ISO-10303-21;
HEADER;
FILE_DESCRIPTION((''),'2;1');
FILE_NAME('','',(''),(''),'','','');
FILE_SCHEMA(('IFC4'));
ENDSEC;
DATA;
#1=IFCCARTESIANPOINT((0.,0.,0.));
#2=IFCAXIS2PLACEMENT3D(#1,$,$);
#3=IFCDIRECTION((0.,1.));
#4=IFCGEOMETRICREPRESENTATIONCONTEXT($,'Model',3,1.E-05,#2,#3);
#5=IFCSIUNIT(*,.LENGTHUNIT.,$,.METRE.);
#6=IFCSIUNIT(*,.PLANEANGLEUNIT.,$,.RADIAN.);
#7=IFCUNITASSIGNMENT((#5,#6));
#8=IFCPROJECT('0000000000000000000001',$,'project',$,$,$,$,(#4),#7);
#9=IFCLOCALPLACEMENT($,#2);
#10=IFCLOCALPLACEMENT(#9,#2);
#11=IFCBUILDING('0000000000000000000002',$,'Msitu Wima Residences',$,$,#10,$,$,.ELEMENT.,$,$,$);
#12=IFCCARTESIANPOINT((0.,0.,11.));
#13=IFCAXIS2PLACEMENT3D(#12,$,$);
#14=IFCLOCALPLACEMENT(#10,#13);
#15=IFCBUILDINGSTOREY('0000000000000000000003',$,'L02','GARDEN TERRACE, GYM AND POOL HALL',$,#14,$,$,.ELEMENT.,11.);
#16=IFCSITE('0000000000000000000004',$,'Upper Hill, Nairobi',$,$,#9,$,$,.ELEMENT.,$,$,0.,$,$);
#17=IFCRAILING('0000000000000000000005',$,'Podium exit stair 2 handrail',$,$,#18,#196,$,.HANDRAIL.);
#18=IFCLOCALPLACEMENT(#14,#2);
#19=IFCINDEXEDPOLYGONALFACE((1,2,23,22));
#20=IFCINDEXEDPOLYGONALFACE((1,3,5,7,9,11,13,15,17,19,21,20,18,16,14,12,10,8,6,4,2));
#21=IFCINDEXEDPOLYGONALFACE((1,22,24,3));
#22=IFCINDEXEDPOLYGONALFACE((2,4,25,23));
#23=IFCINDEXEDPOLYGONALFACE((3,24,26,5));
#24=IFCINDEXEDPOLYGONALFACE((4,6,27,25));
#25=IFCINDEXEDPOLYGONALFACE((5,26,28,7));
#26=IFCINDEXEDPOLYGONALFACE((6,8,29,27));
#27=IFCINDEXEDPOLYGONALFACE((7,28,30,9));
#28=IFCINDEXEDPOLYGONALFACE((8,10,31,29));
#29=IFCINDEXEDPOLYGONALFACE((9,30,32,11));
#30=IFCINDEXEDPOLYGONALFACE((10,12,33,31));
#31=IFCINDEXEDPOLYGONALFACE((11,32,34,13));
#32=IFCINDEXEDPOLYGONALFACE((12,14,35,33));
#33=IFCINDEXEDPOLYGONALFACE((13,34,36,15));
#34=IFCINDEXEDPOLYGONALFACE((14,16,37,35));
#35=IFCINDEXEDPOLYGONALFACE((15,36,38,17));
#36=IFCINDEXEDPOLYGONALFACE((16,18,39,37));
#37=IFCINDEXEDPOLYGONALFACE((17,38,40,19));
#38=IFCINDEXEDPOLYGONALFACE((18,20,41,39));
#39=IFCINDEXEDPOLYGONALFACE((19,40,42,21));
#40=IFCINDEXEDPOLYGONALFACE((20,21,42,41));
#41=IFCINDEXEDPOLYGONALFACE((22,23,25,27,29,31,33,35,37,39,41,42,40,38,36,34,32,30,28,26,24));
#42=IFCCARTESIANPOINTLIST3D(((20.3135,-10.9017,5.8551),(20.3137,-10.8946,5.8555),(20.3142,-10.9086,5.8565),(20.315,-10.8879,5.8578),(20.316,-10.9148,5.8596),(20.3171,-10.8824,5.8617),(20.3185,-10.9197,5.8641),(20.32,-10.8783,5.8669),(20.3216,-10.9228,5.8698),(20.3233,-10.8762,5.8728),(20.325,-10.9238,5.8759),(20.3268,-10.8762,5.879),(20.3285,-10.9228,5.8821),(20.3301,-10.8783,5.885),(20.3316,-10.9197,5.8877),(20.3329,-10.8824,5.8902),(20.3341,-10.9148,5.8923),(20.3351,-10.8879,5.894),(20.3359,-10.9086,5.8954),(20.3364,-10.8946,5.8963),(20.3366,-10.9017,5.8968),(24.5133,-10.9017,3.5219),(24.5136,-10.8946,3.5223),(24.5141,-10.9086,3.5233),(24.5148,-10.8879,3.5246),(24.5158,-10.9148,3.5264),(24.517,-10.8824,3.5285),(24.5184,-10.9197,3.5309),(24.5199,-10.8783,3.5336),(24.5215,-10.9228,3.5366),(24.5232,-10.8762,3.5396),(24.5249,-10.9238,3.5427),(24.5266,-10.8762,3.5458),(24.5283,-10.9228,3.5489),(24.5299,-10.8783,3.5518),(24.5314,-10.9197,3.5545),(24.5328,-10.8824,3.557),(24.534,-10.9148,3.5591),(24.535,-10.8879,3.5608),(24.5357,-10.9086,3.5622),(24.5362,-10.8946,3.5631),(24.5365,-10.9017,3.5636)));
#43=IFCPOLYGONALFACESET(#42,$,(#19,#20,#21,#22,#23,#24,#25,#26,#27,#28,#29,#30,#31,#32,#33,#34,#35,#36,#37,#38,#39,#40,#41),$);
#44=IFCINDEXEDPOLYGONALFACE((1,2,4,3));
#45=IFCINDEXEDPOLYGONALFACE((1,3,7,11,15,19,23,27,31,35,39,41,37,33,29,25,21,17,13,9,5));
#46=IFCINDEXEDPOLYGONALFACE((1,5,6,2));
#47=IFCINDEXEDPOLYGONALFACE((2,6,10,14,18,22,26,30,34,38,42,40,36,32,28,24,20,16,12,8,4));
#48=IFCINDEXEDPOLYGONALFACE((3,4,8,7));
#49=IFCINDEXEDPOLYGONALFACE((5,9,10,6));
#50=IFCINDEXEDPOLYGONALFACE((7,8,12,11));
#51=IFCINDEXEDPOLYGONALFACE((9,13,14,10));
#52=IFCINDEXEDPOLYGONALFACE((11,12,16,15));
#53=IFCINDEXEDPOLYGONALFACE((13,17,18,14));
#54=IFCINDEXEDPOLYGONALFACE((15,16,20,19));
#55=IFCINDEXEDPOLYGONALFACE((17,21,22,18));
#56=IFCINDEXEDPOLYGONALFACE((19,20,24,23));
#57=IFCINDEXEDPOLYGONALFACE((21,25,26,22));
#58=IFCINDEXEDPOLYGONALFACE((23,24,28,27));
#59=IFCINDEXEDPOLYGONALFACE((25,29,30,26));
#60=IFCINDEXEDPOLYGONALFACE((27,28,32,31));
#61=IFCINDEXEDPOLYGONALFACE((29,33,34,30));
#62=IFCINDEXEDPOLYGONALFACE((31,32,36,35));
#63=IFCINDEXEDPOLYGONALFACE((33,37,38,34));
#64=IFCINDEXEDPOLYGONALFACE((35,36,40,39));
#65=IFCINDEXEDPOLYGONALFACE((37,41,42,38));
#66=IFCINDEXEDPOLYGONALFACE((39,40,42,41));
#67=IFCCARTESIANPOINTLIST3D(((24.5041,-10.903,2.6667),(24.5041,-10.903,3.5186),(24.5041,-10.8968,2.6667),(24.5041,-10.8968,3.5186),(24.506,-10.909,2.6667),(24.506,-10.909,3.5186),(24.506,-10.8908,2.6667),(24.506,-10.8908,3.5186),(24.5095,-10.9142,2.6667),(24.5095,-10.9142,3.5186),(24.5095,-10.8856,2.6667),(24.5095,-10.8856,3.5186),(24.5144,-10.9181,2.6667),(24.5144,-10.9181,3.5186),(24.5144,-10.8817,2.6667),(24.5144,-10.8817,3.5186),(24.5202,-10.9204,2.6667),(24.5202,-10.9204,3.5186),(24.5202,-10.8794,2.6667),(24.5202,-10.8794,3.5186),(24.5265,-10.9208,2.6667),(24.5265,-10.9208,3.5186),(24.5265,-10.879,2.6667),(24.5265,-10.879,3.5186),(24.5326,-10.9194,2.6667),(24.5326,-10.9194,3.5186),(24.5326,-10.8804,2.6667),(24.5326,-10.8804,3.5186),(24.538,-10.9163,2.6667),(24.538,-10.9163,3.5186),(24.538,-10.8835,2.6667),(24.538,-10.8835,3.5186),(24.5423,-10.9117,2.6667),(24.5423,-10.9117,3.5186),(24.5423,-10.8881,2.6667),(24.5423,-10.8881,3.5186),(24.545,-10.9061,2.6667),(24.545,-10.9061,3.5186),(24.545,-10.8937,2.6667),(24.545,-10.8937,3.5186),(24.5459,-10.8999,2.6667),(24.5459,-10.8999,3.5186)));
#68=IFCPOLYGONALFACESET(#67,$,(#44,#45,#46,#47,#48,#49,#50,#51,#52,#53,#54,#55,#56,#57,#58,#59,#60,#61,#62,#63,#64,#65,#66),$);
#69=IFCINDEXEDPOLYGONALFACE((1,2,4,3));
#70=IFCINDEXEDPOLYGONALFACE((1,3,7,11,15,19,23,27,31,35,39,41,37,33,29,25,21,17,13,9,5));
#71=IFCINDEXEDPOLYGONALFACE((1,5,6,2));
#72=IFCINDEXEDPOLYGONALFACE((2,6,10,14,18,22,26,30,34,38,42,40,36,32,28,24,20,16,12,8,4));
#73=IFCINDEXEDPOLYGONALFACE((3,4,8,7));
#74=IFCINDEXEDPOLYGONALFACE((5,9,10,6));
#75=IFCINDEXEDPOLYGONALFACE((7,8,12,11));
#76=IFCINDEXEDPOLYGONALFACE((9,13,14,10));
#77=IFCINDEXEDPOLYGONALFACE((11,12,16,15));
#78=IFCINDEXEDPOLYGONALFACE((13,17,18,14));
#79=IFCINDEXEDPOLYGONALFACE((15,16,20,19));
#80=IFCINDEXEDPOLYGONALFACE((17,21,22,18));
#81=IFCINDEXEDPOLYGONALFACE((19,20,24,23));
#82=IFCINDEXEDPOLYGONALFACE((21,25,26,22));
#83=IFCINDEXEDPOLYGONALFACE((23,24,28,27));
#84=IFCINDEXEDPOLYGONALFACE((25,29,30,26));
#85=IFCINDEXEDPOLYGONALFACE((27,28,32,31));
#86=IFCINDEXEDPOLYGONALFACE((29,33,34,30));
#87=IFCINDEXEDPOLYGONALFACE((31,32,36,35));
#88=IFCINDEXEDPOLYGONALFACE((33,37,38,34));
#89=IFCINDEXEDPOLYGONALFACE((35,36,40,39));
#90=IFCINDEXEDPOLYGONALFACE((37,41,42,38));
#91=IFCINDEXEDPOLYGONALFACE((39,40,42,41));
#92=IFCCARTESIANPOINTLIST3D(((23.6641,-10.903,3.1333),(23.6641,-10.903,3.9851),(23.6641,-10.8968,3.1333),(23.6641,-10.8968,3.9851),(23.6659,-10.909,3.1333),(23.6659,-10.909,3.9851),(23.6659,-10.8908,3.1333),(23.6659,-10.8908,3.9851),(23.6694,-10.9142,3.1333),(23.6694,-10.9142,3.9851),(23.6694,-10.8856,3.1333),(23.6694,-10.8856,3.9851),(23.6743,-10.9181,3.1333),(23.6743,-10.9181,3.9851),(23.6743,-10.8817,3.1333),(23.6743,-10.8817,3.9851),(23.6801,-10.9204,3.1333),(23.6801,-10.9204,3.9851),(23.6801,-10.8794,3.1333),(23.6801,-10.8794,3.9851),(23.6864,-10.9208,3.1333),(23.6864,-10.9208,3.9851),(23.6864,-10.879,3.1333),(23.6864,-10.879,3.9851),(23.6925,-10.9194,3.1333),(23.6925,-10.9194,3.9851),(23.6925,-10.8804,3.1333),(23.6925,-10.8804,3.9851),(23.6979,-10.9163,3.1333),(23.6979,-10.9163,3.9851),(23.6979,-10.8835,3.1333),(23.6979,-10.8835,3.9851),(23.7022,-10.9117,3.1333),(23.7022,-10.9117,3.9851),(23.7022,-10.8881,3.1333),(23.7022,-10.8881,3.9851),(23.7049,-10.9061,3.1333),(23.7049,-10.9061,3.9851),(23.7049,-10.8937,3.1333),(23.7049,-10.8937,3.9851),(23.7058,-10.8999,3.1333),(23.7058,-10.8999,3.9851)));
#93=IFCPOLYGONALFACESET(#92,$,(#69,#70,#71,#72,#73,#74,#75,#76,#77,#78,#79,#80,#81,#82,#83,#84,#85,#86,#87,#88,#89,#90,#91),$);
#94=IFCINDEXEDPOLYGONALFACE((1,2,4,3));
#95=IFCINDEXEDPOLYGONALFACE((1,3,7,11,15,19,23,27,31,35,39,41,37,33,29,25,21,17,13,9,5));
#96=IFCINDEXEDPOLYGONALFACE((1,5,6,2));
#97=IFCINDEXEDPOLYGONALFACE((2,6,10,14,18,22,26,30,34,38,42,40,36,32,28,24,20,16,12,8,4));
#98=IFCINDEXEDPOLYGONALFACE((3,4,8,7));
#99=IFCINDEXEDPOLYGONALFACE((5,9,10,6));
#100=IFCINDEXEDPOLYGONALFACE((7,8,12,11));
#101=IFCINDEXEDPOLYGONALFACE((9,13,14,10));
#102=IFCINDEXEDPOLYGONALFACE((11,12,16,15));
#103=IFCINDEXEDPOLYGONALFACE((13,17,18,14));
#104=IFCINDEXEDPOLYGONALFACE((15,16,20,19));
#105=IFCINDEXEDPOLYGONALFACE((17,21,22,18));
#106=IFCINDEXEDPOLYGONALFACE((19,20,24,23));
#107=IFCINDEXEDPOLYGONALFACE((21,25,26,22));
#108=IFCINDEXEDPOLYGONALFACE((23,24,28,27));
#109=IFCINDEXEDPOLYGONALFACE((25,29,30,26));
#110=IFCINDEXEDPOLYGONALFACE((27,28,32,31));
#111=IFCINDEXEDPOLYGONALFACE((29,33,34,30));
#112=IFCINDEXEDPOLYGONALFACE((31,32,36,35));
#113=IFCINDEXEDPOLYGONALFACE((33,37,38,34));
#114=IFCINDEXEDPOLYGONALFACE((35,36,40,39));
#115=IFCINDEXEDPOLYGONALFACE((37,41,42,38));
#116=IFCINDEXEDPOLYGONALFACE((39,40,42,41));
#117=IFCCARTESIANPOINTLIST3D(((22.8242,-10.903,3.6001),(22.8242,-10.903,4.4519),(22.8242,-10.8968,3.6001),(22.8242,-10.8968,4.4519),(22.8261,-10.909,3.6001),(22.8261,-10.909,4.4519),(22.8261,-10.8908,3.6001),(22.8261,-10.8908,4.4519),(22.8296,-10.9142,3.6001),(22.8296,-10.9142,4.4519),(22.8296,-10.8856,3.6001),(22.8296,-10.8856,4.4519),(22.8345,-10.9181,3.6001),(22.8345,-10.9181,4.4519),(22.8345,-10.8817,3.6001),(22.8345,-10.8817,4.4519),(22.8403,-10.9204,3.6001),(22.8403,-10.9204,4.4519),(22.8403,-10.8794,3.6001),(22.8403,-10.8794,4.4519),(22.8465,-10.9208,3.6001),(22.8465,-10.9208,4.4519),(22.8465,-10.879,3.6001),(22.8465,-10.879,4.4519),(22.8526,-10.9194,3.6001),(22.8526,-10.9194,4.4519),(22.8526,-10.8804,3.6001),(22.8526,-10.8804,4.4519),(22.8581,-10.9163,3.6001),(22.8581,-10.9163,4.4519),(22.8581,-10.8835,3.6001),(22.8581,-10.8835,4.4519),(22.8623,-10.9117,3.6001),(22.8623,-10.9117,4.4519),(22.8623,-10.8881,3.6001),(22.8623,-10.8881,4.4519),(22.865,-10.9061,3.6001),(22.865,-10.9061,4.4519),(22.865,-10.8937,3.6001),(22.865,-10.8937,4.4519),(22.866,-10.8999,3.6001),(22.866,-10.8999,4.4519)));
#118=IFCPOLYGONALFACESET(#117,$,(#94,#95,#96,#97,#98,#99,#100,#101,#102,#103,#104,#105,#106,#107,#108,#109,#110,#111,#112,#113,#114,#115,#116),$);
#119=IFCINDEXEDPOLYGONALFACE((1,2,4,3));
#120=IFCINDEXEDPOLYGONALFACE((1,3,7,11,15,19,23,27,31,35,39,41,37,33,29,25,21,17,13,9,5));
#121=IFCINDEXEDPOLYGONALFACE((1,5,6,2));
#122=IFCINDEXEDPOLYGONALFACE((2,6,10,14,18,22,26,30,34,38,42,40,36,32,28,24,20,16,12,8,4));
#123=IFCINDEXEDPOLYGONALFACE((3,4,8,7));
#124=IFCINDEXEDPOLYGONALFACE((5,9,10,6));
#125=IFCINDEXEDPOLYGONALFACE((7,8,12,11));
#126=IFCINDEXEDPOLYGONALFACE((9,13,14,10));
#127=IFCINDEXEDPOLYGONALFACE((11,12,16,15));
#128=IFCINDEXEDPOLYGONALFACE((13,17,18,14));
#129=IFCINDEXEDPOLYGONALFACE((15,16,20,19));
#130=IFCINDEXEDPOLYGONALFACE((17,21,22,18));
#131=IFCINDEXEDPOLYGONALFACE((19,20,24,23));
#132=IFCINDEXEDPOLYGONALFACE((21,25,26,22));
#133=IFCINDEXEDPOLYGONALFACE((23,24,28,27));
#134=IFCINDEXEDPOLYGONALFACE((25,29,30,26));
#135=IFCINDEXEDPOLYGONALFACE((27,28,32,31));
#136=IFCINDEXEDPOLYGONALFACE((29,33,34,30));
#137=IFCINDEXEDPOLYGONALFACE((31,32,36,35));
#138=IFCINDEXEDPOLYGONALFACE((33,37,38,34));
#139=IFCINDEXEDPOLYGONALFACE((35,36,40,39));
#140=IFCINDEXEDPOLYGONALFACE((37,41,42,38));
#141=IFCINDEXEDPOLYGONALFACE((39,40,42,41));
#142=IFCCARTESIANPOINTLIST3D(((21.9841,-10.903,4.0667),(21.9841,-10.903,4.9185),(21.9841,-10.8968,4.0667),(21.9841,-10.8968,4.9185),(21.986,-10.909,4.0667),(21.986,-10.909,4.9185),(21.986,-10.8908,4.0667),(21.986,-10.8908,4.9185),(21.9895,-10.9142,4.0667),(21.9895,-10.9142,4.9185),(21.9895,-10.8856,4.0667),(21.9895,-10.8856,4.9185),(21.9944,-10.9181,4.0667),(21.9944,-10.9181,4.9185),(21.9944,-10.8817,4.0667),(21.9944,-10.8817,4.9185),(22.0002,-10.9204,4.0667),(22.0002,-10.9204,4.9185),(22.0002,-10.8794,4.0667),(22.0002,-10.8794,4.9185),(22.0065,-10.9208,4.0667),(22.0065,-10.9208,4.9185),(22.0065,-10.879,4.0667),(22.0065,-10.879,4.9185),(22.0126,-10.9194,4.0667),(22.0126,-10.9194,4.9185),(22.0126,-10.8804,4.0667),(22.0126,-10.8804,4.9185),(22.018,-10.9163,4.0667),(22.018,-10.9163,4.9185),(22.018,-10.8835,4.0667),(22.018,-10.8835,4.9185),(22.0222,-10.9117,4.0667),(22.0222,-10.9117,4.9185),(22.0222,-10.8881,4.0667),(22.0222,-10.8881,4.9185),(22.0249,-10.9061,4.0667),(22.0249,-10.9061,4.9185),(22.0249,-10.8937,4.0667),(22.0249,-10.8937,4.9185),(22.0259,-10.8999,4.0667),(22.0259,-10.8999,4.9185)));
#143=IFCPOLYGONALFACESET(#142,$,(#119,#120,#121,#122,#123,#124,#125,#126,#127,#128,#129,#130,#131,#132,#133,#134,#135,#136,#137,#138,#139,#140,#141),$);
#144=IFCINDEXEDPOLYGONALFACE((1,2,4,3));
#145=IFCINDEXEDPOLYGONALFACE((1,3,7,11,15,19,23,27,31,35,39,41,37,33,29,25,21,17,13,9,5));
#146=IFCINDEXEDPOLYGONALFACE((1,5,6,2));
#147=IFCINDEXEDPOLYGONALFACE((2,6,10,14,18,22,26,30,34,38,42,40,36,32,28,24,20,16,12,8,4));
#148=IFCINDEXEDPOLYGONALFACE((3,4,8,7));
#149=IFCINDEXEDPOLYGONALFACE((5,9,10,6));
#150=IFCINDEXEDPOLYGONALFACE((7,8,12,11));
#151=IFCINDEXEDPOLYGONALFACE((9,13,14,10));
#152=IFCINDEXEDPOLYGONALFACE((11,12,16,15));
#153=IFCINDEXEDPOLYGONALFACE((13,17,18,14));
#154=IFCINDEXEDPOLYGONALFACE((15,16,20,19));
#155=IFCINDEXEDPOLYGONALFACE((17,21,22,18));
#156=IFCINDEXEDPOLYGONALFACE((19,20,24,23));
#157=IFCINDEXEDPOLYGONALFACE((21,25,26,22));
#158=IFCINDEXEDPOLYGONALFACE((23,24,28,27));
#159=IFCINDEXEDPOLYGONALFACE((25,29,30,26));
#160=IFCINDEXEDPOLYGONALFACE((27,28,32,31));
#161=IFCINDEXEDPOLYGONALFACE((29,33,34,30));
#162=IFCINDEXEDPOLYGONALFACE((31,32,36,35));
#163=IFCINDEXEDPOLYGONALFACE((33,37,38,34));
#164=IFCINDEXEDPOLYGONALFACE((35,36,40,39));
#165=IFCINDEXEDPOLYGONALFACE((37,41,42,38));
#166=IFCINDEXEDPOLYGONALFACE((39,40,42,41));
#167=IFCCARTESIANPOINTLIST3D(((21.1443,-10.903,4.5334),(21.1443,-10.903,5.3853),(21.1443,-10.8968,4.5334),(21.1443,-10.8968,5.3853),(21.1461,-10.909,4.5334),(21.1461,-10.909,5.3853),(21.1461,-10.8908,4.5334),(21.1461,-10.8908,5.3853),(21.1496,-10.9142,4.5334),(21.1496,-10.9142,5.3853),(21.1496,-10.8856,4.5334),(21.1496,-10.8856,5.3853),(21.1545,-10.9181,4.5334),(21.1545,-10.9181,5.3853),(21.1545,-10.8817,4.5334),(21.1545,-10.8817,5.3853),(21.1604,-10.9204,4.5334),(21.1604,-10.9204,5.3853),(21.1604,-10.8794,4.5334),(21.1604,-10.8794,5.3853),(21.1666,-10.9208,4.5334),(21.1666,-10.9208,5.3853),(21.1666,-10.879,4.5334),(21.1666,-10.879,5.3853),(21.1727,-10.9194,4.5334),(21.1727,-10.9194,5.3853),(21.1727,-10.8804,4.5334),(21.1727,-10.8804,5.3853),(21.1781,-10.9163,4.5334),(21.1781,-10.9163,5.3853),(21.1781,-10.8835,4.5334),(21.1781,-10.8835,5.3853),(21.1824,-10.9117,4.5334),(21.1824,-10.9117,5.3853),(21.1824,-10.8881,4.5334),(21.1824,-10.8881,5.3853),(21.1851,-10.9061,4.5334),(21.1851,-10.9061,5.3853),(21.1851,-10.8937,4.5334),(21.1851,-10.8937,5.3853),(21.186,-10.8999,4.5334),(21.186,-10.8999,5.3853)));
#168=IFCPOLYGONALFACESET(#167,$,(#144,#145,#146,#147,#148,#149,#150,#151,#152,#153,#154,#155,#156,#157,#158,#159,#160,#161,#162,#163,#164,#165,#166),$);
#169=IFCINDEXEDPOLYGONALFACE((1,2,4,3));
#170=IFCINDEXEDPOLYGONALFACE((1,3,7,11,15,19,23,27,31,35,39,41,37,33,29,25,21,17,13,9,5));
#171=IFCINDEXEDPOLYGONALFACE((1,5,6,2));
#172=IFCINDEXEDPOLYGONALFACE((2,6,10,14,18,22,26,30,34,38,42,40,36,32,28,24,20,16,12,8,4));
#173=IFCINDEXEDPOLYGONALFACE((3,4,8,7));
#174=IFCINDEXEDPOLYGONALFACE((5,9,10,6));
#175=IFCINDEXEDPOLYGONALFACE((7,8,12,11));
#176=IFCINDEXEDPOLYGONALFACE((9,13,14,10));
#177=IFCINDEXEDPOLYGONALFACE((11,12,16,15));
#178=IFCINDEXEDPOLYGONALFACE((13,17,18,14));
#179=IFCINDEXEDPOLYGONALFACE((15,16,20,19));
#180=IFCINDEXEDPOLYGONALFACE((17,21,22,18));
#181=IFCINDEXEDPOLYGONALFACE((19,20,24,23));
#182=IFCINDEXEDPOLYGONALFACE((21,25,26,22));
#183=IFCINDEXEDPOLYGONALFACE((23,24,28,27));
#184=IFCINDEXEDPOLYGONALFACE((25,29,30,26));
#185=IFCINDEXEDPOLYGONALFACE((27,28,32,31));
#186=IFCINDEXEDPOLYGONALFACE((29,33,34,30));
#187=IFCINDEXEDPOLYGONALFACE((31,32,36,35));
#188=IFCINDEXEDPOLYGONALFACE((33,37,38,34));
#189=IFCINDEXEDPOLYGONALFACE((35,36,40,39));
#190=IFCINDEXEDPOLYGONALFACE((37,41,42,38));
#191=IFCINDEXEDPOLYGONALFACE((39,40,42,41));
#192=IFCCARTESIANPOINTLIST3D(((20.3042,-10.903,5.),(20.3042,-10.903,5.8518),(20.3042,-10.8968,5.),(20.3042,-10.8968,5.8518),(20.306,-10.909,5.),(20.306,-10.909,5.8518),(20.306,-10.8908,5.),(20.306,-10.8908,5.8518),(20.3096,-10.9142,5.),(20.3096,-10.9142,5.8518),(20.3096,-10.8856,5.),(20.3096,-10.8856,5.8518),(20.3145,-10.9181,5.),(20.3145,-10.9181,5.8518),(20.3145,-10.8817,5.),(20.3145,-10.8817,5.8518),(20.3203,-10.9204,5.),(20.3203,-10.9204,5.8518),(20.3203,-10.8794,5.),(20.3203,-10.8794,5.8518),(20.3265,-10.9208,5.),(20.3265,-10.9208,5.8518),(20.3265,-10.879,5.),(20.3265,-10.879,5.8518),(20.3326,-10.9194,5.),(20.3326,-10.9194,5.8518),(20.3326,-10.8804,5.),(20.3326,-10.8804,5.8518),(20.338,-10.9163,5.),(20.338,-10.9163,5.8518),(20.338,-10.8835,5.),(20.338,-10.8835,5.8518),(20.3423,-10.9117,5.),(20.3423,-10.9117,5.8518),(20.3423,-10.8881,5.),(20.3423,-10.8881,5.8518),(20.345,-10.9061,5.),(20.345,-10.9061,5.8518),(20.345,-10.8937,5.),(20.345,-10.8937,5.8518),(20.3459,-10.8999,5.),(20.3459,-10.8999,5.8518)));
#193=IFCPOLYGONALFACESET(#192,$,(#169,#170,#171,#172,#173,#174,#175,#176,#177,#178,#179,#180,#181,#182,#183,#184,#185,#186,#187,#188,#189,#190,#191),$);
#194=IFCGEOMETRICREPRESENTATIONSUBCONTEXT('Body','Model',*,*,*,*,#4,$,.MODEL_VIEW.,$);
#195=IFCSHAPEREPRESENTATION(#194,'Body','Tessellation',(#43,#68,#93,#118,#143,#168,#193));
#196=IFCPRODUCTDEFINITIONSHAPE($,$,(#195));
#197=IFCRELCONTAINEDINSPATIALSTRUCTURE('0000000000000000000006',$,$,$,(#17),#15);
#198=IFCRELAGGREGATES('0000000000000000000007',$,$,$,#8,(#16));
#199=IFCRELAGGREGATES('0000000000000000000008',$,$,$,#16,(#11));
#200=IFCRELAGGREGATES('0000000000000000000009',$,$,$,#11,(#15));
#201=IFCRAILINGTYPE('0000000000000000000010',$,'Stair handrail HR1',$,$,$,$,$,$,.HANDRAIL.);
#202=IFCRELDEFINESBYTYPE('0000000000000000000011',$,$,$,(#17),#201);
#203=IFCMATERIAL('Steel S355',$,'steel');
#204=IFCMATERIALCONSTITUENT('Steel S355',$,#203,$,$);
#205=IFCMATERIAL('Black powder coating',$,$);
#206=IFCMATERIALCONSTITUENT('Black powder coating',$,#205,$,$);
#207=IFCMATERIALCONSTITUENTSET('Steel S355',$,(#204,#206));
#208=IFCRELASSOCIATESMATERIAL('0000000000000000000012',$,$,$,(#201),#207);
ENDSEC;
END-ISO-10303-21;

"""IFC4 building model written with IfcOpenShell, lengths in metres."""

from ifc_helpers import new_model, si_unit, direction, frame, origin, origin_2d, place, context, subcontext, project, spatial, circle, extrude, material, constituent, constituent_set, type_object, element, save


model = new_model("IFC4")

# Units and contexts
model_context = context("Model", 3, precision=1e-05, world=origin(), true_north=direction((0.0, 1.0)))
body_context = subcontext(model_context, "Body", "Model", "MODEL_VIEW")
ifc_project = project(units=[si_unit("LENGTHUNIT", "METRE"), si_unit("PLANEANGLEUNIT", "RADIAN")], contexts=[model_context])

# Site, building, storey
site_placement = place(None, origin())
site = spatial("IfcSite", under=ifc_project, at=site_placement, Name="Upper Hill, Nairobi", CompositionType="ELEMENT", RefElevation=0.0)
building_placement = place(site_placement, origin())
building = spatial("IfcBuilding", under=site, at=building_placement, Name="Msitu Wima Residences", CompositionType="ELEMENT")
storey_placement = place(building_placement, frame((0.0, 0.0, 11.0)))
storey = spatial("IfcBuildingStorey", under=building, at=storey_placement, Name="L02", Description="GARDEN TERRACE, GYM AND POOL HALL", CompositionType="ELEMENT", Elevation=11.0)

# Railing
ifc_material_1 = material(Name="Steel S355", Category="steel")
ifc_constituent_1 = constituent(ifc_material_1, Name="Steel S355")
ifc_material_2 = material(Name="Black powder coating")
ifc_constituent_2 = constituent(ifc_material_2, Name="Black powder coating")
ifc_constituent_set = constituent_set(constituents=[ifc_constituent_1, ifc_constituent_2], Name="Steel S355")
railing_type = type_object("IfcRailingType", Name="Stair handrail HR1", PredefinedType="HANDRAIL", material=ifc_constituent_set)
for number, where, name in (
    (1, (24.5249, -10.8999, 2.6667), "Podium exit stair 2 handrail"),
):
    element("IfcRailing", number, at=place(storey_placement, frame(where)), inside=storey, type_object=railing_type, Name=name, PredefinedType="HANDRAIL", context=body_context, shape_type="SweptSolid", body=[
        extrude(circle(Radius=0.0239, at=origin_2d()), frame((0.0, 0.0, 0.876), z_axis=(-0.874162, 0.0, 0.485634), x_axis=(0.0, -1.0, 0.0)), (0.0, 0.0, 1.0), 4.8044),
        extrude(circle(Radius=0.021, at=origin_2d()), origin(), (0.0, 0.0, 1.0), 0.8518),
        extrude(circle(Radius=0.021, at=origin_2d()), frame((-0.8401, 0.0, 0.4666)), (0.0, 0.0, 1.0), 0.8518),
        extrude(circle(Radius=0.021, at=origin_2d()), frame((-1.6799, 0.0, 0.9333)), (0.0, 0.0, 1.0), 0.8518),
        extrude(circle(Radius=0.021, at=origin_2d()), frame((-2.52, 0.0, 1.3999)), (0.0, 0.0, 1.0), 0.8518),
        extrude(circle(Radius=0.021, at=origin_2d()), frame((-3.3599, 0.0, 1.8667)), (0.0, 0.0, 1.0), 0.8518),
        extrude(circle(Radius=0.021, at=origin_2d()), frame((-4.2, 0.0, 2.3333)), (0.0, 0.0, 1.0), 0.8518),
    ])

save(model, "model.ifc")
